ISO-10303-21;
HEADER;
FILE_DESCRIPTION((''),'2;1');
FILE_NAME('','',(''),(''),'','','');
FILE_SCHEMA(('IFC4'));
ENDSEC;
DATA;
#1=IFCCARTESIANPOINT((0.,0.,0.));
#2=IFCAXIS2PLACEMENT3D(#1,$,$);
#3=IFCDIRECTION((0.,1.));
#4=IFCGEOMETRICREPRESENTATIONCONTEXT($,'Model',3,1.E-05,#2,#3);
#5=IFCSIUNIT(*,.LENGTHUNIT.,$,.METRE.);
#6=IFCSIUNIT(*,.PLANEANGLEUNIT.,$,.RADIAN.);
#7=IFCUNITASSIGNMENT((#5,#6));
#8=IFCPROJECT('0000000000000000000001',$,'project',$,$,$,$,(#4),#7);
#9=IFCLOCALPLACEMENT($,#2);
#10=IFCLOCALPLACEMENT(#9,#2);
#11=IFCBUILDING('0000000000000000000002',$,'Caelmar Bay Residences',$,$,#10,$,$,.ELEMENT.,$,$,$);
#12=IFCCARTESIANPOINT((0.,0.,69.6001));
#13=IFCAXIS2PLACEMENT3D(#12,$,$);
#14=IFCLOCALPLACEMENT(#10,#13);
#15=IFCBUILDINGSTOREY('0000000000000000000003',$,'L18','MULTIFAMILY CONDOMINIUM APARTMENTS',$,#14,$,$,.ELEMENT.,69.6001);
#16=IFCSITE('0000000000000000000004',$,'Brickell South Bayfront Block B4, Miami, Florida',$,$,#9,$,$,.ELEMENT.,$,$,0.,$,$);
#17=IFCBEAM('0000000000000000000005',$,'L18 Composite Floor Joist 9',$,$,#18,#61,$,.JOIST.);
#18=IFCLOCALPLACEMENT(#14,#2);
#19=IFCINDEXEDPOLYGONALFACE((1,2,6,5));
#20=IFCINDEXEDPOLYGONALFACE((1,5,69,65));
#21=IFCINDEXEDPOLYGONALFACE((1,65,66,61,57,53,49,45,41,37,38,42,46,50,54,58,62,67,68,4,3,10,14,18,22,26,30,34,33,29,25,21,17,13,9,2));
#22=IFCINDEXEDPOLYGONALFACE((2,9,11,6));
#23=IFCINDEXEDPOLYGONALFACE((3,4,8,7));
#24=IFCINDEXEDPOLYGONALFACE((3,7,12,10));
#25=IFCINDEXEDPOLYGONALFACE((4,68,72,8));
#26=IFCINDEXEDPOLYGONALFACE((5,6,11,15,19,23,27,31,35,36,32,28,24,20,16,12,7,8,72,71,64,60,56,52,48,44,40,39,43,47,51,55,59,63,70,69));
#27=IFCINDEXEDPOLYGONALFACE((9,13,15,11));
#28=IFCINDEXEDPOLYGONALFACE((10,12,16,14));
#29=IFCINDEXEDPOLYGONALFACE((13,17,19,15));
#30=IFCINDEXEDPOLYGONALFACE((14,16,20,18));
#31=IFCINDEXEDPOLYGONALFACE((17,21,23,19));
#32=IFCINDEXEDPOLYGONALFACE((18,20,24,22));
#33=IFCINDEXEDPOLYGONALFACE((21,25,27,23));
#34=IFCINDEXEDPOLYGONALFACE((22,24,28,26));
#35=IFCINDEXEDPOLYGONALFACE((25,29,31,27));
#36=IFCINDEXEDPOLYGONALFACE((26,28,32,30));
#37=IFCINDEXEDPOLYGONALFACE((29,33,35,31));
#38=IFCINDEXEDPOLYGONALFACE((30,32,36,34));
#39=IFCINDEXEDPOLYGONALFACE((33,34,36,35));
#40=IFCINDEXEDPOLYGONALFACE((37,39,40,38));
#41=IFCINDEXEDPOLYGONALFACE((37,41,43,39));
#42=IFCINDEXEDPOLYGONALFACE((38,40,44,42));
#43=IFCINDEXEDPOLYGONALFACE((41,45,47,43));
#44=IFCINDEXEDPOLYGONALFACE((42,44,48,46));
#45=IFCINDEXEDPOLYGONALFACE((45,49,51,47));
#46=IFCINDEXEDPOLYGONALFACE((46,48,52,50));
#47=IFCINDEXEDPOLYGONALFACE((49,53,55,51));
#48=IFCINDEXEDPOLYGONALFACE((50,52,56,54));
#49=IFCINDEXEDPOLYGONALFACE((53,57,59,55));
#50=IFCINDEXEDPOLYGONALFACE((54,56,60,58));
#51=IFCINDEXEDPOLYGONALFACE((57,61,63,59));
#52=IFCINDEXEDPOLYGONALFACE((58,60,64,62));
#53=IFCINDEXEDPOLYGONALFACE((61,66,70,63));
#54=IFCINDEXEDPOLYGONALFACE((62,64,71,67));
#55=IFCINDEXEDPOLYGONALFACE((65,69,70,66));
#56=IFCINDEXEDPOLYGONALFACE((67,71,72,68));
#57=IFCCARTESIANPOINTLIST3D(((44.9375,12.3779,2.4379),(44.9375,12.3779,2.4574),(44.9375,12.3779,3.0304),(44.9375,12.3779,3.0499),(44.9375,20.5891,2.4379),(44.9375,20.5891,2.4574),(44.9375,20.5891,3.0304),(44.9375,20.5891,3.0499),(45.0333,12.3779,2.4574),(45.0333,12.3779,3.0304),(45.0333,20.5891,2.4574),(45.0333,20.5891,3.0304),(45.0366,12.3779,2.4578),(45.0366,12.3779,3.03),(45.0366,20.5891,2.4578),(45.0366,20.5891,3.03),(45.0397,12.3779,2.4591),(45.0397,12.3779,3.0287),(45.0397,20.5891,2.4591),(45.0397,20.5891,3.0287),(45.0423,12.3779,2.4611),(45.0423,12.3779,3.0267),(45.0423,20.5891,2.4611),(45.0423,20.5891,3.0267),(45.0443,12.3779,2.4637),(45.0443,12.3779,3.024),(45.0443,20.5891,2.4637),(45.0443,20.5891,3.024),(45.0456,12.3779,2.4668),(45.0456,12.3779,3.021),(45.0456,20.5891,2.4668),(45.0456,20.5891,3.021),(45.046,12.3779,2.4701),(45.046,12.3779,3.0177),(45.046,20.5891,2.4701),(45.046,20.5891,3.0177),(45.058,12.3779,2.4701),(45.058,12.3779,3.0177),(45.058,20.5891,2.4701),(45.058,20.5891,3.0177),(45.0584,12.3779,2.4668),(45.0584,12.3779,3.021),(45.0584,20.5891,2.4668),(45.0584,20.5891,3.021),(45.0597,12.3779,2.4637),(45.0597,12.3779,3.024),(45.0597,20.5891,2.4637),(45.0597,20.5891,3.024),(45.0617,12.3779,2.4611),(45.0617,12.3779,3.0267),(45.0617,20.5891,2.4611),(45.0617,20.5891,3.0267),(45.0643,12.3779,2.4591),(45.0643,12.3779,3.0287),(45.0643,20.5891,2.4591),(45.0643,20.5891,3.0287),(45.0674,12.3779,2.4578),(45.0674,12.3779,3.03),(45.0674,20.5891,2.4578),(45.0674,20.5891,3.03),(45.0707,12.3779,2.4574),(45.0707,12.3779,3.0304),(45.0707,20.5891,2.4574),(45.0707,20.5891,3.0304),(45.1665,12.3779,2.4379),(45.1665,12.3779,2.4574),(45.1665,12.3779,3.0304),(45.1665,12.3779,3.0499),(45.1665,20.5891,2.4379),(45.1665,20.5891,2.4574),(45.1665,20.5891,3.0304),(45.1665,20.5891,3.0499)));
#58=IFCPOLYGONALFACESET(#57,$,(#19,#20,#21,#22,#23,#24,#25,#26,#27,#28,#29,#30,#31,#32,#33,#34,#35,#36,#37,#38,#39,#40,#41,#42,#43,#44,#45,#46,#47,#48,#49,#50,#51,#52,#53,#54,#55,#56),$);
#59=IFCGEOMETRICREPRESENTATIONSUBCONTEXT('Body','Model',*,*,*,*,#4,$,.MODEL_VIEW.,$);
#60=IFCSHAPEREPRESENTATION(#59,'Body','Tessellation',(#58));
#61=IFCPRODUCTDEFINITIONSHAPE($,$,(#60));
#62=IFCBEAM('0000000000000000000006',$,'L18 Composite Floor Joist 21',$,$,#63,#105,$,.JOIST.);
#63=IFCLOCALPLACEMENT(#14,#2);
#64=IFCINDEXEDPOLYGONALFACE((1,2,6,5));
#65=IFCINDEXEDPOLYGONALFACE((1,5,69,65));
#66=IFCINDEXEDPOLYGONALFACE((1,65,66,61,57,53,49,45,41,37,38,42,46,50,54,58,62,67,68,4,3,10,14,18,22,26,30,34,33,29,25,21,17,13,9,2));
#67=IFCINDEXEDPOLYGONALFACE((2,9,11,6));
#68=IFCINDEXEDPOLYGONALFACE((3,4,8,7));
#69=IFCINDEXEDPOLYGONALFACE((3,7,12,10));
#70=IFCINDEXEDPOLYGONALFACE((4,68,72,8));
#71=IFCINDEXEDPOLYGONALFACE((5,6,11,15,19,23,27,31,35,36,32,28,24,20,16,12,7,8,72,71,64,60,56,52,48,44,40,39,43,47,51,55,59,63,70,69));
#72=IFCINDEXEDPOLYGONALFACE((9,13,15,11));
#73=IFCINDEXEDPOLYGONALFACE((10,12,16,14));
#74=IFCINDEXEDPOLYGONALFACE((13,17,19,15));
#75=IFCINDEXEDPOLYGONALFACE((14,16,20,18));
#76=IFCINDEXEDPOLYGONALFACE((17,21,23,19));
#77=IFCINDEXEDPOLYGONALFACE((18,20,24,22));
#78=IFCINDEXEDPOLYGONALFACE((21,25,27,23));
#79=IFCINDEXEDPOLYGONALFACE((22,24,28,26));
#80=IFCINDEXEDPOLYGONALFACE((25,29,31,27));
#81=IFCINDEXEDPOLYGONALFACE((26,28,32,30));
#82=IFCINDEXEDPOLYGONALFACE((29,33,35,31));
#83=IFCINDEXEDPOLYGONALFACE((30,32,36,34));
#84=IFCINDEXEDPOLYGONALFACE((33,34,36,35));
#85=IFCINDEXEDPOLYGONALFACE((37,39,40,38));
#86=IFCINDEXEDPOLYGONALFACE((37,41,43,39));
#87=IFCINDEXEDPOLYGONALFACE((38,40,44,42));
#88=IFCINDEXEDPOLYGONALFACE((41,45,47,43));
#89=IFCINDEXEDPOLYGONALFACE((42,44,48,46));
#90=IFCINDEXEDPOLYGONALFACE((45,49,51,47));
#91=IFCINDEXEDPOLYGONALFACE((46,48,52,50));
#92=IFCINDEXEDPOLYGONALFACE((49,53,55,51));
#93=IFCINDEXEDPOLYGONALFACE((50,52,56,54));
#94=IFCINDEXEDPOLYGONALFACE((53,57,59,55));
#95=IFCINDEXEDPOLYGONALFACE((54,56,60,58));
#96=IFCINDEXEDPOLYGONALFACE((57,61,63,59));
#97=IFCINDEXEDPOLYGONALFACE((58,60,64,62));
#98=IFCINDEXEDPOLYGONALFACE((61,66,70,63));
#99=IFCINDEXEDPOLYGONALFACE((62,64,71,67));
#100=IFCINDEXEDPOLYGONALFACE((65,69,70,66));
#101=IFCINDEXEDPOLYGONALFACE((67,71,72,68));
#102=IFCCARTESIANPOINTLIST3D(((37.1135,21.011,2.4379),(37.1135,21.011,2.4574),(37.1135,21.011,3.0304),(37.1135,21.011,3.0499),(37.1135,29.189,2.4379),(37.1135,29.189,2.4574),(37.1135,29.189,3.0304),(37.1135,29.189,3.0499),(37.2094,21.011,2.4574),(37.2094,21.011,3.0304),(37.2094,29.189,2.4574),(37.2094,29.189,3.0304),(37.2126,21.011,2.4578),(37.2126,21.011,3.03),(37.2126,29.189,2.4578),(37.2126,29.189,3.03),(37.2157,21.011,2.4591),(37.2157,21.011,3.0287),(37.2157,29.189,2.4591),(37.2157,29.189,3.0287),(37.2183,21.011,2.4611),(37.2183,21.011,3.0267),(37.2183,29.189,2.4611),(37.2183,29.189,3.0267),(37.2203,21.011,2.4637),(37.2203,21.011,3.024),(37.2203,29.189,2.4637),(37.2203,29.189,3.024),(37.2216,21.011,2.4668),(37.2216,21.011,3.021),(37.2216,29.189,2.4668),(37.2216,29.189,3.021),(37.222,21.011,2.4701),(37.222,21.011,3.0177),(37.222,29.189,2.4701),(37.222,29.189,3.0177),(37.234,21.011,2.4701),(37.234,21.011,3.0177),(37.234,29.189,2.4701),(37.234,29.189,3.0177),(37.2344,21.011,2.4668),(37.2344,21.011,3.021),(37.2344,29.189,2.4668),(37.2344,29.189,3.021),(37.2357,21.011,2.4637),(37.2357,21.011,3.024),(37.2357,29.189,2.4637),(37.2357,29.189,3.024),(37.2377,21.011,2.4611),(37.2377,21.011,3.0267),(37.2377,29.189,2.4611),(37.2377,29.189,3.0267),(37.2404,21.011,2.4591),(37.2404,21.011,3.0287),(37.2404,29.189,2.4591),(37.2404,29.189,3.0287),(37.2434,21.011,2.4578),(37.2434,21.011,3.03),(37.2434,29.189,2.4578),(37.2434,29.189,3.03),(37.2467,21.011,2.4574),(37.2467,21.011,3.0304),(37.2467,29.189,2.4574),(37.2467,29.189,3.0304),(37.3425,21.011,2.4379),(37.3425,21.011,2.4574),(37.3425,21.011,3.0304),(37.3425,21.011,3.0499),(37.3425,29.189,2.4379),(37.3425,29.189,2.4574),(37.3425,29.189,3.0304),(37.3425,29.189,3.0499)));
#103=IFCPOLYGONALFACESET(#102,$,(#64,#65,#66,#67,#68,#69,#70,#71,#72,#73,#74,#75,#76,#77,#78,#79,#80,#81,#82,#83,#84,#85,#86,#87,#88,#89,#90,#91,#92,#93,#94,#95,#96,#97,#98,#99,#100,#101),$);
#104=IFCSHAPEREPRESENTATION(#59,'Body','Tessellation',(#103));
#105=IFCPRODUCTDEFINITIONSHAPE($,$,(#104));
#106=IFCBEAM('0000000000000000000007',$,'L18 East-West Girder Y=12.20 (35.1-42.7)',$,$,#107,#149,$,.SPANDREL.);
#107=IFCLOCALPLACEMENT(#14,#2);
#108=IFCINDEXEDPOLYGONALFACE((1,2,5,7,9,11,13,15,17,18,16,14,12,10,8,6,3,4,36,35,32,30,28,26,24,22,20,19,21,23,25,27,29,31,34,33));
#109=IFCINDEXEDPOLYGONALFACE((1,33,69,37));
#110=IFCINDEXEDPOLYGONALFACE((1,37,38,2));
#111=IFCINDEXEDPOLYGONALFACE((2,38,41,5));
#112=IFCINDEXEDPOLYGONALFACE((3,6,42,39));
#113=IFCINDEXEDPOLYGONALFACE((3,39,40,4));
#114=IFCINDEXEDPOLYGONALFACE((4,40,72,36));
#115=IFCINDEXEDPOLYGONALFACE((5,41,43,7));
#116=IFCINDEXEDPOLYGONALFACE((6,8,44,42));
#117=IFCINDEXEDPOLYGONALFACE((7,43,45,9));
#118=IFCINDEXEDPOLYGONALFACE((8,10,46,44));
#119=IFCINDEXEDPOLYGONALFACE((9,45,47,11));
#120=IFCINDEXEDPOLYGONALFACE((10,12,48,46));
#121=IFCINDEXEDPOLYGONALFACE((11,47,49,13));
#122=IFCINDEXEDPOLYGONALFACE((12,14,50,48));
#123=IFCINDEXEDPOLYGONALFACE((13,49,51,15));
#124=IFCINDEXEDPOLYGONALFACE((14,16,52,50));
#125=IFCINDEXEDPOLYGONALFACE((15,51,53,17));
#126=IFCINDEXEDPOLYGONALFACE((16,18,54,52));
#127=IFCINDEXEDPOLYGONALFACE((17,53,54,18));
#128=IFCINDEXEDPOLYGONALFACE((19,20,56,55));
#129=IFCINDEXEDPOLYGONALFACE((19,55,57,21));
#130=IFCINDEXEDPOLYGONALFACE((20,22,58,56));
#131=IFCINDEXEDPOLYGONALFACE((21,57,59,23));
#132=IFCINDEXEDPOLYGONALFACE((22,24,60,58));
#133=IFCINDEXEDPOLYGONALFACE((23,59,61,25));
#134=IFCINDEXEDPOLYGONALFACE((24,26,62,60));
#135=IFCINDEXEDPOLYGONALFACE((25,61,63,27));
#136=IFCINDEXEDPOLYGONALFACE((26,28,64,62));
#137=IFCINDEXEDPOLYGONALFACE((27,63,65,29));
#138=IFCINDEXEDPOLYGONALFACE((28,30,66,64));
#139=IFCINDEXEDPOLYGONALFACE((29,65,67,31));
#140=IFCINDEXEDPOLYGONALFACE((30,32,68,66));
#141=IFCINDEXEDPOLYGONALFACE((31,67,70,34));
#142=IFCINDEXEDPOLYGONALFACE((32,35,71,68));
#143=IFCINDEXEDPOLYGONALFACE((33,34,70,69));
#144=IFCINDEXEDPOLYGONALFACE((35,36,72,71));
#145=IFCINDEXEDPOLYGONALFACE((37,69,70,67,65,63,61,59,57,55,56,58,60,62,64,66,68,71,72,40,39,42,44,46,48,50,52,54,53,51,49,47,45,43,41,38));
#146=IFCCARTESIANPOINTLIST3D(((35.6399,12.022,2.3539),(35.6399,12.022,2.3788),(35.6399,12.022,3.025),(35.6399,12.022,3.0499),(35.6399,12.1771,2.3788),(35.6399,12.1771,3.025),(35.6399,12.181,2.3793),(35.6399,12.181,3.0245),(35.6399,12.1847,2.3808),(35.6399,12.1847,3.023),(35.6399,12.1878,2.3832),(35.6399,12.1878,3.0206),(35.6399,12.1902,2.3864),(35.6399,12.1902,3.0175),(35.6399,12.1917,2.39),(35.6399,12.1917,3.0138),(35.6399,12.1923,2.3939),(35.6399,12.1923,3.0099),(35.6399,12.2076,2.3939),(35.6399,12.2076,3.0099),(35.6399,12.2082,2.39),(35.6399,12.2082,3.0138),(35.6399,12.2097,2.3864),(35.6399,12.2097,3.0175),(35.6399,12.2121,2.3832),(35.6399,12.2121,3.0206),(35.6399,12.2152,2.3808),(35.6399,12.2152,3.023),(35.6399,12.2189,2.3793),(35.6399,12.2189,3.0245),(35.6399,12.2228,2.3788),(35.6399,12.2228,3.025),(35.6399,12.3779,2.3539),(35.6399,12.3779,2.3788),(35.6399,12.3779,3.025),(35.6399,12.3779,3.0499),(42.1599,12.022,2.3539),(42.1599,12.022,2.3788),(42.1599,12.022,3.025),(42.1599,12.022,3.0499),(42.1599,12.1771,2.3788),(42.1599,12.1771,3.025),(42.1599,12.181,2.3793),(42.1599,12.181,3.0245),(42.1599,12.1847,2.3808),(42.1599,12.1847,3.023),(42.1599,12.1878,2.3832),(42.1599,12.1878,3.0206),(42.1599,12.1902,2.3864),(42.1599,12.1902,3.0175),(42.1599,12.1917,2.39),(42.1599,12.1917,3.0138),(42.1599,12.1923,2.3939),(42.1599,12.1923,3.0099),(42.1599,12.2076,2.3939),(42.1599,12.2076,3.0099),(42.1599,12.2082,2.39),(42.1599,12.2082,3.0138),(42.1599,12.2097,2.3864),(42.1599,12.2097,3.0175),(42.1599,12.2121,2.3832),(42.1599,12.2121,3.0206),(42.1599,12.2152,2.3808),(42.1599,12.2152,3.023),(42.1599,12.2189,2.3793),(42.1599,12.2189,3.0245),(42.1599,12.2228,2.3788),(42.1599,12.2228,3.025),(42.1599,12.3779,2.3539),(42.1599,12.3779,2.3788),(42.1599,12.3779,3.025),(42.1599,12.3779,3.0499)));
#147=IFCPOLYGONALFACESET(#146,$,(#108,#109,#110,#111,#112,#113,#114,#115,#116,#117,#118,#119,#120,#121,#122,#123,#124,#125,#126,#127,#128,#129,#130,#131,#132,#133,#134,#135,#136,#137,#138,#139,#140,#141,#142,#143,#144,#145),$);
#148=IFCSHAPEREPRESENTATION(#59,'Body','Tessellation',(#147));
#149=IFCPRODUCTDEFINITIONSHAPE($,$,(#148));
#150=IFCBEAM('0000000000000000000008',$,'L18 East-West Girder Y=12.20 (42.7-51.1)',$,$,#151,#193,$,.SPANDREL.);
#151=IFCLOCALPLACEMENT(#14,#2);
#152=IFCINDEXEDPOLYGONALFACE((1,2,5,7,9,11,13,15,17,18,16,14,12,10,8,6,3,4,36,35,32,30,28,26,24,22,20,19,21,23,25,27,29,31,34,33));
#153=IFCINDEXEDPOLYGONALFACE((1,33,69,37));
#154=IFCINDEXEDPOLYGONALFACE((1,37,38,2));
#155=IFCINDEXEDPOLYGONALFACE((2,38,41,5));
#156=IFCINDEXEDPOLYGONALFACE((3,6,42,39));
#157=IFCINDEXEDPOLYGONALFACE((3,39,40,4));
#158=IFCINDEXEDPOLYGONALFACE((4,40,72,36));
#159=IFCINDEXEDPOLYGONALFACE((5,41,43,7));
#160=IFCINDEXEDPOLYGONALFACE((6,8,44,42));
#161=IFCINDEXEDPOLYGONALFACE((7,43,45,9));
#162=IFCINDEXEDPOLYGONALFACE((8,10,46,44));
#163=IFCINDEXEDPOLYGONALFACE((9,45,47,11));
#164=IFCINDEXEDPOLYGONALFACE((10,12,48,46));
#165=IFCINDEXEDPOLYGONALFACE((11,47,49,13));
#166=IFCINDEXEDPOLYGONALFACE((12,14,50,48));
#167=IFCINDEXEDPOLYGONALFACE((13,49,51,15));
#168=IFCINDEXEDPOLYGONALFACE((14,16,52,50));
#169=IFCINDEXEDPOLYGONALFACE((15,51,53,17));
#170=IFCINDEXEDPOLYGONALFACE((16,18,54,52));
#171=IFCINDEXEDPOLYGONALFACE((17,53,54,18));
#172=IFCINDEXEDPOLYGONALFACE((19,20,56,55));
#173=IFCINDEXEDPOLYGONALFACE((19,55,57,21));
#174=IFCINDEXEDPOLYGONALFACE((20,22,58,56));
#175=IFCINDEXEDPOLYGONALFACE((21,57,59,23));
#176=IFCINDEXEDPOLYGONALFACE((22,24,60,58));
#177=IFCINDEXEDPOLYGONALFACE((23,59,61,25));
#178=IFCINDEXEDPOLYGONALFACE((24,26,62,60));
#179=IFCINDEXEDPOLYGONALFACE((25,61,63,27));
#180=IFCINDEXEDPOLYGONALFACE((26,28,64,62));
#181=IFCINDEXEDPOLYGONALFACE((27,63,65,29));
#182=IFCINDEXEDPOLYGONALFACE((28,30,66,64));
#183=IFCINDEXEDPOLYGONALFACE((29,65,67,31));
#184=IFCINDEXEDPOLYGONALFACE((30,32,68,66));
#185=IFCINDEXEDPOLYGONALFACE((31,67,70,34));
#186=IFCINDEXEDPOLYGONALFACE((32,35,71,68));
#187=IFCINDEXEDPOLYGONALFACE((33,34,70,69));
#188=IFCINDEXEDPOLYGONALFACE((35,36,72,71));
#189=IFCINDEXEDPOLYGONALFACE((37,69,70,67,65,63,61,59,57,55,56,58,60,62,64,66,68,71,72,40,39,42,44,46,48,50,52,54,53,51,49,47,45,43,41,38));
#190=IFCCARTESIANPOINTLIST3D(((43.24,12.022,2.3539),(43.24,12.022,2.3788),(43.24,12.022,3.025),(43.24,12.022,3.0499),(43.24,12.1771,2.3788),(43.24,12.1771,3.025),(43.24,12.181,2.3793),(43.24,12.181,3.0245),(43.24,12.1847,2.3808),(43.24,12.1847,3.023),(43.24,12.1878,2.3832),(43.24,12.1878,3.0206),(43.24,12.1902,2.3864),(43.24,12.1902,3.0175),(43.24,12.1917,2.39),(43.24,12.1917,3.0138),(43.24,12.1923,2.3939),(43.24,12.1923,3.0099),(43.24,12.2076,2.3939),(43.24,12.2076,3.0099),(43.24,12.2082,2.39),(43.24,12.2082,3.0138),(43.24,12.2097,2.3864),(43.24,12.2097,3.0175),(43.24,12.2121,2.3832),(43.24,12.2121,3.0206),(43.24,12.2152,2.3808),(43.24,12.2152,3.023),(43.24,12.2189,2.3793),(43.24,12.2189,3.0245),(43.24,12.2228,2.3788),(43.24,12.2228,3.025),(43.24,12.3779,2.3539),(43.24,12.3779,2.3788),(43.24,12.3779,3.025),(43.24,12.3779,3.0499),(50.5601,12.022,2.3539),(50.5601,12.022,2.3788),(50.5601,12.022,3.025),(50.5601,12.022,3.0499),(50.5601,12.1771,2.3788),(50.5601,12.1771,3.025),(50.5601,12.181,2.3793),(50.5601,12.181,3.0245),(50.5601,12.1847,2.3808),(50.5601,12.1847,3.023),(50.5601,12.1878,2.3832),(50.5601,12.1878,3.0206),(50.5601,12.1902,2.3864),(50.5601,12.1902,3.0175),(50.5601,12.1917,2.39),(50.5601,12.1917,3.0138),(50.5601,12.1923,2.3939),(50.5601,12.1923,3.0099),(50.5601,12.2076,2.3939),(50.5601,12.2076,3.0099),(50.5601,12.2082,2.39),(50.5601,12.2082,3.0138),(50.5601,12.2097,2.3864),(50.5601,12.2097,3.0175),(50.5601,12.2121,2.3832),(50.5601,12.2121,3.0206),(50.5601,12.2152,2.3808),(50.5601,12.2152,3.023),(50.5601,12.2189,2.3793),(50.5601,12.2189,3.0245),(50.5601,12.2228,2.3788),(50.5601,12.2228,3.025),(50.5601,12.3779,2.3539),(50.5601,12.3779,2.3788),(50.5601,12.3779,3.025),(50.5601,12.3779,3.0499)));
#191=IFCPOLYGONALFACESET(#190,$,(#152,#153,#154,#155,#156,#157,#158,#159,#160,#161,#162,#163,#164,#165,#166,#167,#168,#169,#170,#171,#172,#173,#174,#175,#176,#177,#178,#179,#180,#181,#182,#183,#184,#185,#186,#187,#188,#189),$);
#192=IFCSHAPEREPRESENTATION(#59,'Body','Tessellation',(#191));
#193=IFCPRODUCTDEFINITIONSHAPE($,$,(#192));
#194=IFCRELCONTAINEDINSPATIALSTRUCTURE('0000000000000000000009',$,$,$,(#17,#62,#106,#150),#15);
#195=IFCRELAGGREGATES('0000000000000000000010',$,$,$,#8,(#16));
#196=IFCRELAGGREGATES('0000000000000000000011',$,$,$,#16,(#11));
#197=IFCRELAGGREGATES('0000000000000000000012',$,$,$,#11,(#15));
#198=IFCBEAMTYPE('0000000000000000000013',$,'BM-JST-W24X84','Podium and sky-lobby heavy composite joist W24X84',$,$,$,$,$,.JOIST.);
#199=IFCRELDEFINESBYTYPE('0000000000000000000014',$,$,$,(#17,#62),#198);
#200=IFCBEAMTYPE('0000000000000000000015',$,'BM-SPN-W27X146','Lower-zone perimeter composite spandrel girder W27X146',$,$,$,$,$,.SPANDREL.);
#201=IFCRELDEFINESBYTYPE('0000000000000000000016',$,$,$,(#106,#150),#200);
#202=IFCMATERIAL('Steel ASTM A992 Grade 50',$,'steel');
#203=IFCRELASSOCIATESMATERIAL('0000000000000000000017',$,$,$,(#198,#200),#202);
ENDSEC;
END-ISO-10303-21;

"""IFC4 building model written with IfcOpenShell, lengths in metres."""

from ifc_helpers import new_model, si_unit, direction, frame, origin, origin_2d, place, context, subcontext, project, spatial, i_section, extrude, material, material_profile, profile_set, type_object, element, save


model = new_model("IFC4")

# Units and contexts
model_context = context("Model", 3, precision=1e-05, world=origin(), true_north=direction((0.0, 1.0)))
body_context = subcontext(model_context, "Body", "Model", "MODEL_VIEW")
ifc_project = project(units=[si_unit("LENGTHUNIT", "METRE"), si_unit("PLANEANGLEUNIT", "RADIAN")], contexts=[model_context])

# Site, building, storey
site_placement = place(None, origin())
site = spatial("IfcSite", under=ifc_project, at=site_placement, Name="Brickell South Bayfront Block B4, Miami, Florida", CompositionType="ELEMENT", RefElevation=0.0)
building_placement = place(site_placement, origin())
building = spatial("IfcBuilding", under=site, at=building_placement, Name="Caelmar Bay Residences", CompositionType="ELEMENT")
storey_placement = place(building_placement, frame((0.0, 0.0, 69.6001)))
storey = spatial("IfcBuildingStorey", under=building, at=storey_placement, Name="L18", Description="MULTIFAMILY CONDOMINIUM APARTMENTS", CompositionType="ELEMENT", Elevation=69.6001)

# Beams
ifc_material_1 = material(Name="Steel ASTM A992 Grade 50", Category="steel")
ifc_material_profile_1 = material_profile(ifc_material_1, i_section(OverallWidth=0.229, OverallDepth=0.6121, WebThickness=0.012, FlangeThickness=0.0195, FilletRadius=0.0127, at=origin_2d()), Name="W24X84")
ifc_profile_set_1 = profile_set([ifc_material_profile_1], Name="Steel ASTM A992 Grade 50")
beam_type_1 = type_object("IfcBeamType", Name="BM-JST-W24X84", Description="Podium and sky-lobby heavy composite joist W24X84", PredefinedType="JOIST", material=ifc_profile_set_1)
for number, where, z_axis, x_axis, name in (
    (1, (45.052, 12.3779, 2.7439), (0.0, 1.0, 0.0), (-1.0, 0.0, 0.0), "L18 Composite Floor Joist 9"),
):
    element("IfcBeam", number, at=place(storey_placement, frame(where, z_axis=z_axis, x_axis=x_axis)), inside=storey, type_object=beam_type_1, Name=name, PredefinedType="JOIST", context=body_context, shape_type="SweptSolid", body=[
        extrude(i_section(OverallWidth=0.229, OverallDepth=0.6121, WebThickness=0.012, FlangeThickness=0.0195, FilletRadius=0.0127, at=origin_2d()), origin(), (0.0, 0.0, 1.0), 8.2112),
    ])
beam_1_placement = place(storey_placement, frame((37.228, 21.011, 2.7439), z_axis=(0.0, 1.0, 0.0), x_axis=(-1.0, 0.0, 0.0)))
element("IfcBeam", 2, at=beam_1_placement, inside=storey, type_object=beam_type_1, Name="L18 Composite Floor Joist 21", PredefinedType="JOIST", context=body_context, shape_type="SweptSolid", body=[
    extrude(i_section(OverallWidth=0.229, OverallDepth=0.6121, WebThickness=0.012, FlangeThickness=0.0195, FilletRadius=0.0127, at=origin_2d()), origin(), (0.0, 0.0, 1.0), 8.178),
])
ifc_material_profile_2 = material_profile(ifc_material_1, i_section(OverallWidth=0.356, OverallDepth=0.696, WebThickness=0.0154, FlangeThickness=0.0249, FilletRadius=0.0151, at=origin_2d()), Name="W27X146")
ifc_profile_set_2 = profile_set([ifc_material_profile_2], Name="Steel ASTM A992 Grade 50")
beam_type_2 = type_object("IfcBeamType", Name="BM-SPN-W27X146", Description="Lower-zone perimeter composite spandrel girder W27X146", PredefinedType="SPANDREL", material=ifc_profile_set_2)
beam_2_placement = place(storey_placement, frame((35.6399, 12.2, 2.7019), z_axis=(1.0, 0.0, 0.0), x_axis=(0.0, 1.0, 0.0)))
element("IfcBeam", 3, at=beam_2_placement, inside=storey, type_object=beam_type_2, Name="L18 East-West Girder Y=12.20 (35.1-42.7)", PredefinedType="SPANDREL", context=body_context, shape_type="SweptSolid", body=[
    extrude(i_section(OverallWidth=0.356, OverallDepth=0.696, WebThickness=0.0154, FlangeThickness=0.0249, FilletRadius=0.0151, at=origin_2d()), origin(), (0.0, 0.0, 1.0), 6.52),
])
beam_3_placement = place(storey_placement, frame((43.24, 12.2, 2.7019), z_axis=(1.0, 0.0, 0.0), x_axis=(0.0, 1.0, 0.0)))
element("IfcBeam", 4, at=beam_3_placement, inside=storey, type_object=beam_type_2, Name="L18 East-West Girder Y=12.20 (42.7-51.1)", PredefinedType="SPANDREL", context=body_context, shape_type="SweptSolid", body=[
    extrude(i_section(OverallWidth=0.356, OverallDepth=0.696, WebThickness=0.0154, FlangeThickness=0.0249, FilletRadius=0.0151, at=origin_2d()), origin(), (0.0, 0.0, 1.0), 7.3201),
])

save(model, "model.ifc")
